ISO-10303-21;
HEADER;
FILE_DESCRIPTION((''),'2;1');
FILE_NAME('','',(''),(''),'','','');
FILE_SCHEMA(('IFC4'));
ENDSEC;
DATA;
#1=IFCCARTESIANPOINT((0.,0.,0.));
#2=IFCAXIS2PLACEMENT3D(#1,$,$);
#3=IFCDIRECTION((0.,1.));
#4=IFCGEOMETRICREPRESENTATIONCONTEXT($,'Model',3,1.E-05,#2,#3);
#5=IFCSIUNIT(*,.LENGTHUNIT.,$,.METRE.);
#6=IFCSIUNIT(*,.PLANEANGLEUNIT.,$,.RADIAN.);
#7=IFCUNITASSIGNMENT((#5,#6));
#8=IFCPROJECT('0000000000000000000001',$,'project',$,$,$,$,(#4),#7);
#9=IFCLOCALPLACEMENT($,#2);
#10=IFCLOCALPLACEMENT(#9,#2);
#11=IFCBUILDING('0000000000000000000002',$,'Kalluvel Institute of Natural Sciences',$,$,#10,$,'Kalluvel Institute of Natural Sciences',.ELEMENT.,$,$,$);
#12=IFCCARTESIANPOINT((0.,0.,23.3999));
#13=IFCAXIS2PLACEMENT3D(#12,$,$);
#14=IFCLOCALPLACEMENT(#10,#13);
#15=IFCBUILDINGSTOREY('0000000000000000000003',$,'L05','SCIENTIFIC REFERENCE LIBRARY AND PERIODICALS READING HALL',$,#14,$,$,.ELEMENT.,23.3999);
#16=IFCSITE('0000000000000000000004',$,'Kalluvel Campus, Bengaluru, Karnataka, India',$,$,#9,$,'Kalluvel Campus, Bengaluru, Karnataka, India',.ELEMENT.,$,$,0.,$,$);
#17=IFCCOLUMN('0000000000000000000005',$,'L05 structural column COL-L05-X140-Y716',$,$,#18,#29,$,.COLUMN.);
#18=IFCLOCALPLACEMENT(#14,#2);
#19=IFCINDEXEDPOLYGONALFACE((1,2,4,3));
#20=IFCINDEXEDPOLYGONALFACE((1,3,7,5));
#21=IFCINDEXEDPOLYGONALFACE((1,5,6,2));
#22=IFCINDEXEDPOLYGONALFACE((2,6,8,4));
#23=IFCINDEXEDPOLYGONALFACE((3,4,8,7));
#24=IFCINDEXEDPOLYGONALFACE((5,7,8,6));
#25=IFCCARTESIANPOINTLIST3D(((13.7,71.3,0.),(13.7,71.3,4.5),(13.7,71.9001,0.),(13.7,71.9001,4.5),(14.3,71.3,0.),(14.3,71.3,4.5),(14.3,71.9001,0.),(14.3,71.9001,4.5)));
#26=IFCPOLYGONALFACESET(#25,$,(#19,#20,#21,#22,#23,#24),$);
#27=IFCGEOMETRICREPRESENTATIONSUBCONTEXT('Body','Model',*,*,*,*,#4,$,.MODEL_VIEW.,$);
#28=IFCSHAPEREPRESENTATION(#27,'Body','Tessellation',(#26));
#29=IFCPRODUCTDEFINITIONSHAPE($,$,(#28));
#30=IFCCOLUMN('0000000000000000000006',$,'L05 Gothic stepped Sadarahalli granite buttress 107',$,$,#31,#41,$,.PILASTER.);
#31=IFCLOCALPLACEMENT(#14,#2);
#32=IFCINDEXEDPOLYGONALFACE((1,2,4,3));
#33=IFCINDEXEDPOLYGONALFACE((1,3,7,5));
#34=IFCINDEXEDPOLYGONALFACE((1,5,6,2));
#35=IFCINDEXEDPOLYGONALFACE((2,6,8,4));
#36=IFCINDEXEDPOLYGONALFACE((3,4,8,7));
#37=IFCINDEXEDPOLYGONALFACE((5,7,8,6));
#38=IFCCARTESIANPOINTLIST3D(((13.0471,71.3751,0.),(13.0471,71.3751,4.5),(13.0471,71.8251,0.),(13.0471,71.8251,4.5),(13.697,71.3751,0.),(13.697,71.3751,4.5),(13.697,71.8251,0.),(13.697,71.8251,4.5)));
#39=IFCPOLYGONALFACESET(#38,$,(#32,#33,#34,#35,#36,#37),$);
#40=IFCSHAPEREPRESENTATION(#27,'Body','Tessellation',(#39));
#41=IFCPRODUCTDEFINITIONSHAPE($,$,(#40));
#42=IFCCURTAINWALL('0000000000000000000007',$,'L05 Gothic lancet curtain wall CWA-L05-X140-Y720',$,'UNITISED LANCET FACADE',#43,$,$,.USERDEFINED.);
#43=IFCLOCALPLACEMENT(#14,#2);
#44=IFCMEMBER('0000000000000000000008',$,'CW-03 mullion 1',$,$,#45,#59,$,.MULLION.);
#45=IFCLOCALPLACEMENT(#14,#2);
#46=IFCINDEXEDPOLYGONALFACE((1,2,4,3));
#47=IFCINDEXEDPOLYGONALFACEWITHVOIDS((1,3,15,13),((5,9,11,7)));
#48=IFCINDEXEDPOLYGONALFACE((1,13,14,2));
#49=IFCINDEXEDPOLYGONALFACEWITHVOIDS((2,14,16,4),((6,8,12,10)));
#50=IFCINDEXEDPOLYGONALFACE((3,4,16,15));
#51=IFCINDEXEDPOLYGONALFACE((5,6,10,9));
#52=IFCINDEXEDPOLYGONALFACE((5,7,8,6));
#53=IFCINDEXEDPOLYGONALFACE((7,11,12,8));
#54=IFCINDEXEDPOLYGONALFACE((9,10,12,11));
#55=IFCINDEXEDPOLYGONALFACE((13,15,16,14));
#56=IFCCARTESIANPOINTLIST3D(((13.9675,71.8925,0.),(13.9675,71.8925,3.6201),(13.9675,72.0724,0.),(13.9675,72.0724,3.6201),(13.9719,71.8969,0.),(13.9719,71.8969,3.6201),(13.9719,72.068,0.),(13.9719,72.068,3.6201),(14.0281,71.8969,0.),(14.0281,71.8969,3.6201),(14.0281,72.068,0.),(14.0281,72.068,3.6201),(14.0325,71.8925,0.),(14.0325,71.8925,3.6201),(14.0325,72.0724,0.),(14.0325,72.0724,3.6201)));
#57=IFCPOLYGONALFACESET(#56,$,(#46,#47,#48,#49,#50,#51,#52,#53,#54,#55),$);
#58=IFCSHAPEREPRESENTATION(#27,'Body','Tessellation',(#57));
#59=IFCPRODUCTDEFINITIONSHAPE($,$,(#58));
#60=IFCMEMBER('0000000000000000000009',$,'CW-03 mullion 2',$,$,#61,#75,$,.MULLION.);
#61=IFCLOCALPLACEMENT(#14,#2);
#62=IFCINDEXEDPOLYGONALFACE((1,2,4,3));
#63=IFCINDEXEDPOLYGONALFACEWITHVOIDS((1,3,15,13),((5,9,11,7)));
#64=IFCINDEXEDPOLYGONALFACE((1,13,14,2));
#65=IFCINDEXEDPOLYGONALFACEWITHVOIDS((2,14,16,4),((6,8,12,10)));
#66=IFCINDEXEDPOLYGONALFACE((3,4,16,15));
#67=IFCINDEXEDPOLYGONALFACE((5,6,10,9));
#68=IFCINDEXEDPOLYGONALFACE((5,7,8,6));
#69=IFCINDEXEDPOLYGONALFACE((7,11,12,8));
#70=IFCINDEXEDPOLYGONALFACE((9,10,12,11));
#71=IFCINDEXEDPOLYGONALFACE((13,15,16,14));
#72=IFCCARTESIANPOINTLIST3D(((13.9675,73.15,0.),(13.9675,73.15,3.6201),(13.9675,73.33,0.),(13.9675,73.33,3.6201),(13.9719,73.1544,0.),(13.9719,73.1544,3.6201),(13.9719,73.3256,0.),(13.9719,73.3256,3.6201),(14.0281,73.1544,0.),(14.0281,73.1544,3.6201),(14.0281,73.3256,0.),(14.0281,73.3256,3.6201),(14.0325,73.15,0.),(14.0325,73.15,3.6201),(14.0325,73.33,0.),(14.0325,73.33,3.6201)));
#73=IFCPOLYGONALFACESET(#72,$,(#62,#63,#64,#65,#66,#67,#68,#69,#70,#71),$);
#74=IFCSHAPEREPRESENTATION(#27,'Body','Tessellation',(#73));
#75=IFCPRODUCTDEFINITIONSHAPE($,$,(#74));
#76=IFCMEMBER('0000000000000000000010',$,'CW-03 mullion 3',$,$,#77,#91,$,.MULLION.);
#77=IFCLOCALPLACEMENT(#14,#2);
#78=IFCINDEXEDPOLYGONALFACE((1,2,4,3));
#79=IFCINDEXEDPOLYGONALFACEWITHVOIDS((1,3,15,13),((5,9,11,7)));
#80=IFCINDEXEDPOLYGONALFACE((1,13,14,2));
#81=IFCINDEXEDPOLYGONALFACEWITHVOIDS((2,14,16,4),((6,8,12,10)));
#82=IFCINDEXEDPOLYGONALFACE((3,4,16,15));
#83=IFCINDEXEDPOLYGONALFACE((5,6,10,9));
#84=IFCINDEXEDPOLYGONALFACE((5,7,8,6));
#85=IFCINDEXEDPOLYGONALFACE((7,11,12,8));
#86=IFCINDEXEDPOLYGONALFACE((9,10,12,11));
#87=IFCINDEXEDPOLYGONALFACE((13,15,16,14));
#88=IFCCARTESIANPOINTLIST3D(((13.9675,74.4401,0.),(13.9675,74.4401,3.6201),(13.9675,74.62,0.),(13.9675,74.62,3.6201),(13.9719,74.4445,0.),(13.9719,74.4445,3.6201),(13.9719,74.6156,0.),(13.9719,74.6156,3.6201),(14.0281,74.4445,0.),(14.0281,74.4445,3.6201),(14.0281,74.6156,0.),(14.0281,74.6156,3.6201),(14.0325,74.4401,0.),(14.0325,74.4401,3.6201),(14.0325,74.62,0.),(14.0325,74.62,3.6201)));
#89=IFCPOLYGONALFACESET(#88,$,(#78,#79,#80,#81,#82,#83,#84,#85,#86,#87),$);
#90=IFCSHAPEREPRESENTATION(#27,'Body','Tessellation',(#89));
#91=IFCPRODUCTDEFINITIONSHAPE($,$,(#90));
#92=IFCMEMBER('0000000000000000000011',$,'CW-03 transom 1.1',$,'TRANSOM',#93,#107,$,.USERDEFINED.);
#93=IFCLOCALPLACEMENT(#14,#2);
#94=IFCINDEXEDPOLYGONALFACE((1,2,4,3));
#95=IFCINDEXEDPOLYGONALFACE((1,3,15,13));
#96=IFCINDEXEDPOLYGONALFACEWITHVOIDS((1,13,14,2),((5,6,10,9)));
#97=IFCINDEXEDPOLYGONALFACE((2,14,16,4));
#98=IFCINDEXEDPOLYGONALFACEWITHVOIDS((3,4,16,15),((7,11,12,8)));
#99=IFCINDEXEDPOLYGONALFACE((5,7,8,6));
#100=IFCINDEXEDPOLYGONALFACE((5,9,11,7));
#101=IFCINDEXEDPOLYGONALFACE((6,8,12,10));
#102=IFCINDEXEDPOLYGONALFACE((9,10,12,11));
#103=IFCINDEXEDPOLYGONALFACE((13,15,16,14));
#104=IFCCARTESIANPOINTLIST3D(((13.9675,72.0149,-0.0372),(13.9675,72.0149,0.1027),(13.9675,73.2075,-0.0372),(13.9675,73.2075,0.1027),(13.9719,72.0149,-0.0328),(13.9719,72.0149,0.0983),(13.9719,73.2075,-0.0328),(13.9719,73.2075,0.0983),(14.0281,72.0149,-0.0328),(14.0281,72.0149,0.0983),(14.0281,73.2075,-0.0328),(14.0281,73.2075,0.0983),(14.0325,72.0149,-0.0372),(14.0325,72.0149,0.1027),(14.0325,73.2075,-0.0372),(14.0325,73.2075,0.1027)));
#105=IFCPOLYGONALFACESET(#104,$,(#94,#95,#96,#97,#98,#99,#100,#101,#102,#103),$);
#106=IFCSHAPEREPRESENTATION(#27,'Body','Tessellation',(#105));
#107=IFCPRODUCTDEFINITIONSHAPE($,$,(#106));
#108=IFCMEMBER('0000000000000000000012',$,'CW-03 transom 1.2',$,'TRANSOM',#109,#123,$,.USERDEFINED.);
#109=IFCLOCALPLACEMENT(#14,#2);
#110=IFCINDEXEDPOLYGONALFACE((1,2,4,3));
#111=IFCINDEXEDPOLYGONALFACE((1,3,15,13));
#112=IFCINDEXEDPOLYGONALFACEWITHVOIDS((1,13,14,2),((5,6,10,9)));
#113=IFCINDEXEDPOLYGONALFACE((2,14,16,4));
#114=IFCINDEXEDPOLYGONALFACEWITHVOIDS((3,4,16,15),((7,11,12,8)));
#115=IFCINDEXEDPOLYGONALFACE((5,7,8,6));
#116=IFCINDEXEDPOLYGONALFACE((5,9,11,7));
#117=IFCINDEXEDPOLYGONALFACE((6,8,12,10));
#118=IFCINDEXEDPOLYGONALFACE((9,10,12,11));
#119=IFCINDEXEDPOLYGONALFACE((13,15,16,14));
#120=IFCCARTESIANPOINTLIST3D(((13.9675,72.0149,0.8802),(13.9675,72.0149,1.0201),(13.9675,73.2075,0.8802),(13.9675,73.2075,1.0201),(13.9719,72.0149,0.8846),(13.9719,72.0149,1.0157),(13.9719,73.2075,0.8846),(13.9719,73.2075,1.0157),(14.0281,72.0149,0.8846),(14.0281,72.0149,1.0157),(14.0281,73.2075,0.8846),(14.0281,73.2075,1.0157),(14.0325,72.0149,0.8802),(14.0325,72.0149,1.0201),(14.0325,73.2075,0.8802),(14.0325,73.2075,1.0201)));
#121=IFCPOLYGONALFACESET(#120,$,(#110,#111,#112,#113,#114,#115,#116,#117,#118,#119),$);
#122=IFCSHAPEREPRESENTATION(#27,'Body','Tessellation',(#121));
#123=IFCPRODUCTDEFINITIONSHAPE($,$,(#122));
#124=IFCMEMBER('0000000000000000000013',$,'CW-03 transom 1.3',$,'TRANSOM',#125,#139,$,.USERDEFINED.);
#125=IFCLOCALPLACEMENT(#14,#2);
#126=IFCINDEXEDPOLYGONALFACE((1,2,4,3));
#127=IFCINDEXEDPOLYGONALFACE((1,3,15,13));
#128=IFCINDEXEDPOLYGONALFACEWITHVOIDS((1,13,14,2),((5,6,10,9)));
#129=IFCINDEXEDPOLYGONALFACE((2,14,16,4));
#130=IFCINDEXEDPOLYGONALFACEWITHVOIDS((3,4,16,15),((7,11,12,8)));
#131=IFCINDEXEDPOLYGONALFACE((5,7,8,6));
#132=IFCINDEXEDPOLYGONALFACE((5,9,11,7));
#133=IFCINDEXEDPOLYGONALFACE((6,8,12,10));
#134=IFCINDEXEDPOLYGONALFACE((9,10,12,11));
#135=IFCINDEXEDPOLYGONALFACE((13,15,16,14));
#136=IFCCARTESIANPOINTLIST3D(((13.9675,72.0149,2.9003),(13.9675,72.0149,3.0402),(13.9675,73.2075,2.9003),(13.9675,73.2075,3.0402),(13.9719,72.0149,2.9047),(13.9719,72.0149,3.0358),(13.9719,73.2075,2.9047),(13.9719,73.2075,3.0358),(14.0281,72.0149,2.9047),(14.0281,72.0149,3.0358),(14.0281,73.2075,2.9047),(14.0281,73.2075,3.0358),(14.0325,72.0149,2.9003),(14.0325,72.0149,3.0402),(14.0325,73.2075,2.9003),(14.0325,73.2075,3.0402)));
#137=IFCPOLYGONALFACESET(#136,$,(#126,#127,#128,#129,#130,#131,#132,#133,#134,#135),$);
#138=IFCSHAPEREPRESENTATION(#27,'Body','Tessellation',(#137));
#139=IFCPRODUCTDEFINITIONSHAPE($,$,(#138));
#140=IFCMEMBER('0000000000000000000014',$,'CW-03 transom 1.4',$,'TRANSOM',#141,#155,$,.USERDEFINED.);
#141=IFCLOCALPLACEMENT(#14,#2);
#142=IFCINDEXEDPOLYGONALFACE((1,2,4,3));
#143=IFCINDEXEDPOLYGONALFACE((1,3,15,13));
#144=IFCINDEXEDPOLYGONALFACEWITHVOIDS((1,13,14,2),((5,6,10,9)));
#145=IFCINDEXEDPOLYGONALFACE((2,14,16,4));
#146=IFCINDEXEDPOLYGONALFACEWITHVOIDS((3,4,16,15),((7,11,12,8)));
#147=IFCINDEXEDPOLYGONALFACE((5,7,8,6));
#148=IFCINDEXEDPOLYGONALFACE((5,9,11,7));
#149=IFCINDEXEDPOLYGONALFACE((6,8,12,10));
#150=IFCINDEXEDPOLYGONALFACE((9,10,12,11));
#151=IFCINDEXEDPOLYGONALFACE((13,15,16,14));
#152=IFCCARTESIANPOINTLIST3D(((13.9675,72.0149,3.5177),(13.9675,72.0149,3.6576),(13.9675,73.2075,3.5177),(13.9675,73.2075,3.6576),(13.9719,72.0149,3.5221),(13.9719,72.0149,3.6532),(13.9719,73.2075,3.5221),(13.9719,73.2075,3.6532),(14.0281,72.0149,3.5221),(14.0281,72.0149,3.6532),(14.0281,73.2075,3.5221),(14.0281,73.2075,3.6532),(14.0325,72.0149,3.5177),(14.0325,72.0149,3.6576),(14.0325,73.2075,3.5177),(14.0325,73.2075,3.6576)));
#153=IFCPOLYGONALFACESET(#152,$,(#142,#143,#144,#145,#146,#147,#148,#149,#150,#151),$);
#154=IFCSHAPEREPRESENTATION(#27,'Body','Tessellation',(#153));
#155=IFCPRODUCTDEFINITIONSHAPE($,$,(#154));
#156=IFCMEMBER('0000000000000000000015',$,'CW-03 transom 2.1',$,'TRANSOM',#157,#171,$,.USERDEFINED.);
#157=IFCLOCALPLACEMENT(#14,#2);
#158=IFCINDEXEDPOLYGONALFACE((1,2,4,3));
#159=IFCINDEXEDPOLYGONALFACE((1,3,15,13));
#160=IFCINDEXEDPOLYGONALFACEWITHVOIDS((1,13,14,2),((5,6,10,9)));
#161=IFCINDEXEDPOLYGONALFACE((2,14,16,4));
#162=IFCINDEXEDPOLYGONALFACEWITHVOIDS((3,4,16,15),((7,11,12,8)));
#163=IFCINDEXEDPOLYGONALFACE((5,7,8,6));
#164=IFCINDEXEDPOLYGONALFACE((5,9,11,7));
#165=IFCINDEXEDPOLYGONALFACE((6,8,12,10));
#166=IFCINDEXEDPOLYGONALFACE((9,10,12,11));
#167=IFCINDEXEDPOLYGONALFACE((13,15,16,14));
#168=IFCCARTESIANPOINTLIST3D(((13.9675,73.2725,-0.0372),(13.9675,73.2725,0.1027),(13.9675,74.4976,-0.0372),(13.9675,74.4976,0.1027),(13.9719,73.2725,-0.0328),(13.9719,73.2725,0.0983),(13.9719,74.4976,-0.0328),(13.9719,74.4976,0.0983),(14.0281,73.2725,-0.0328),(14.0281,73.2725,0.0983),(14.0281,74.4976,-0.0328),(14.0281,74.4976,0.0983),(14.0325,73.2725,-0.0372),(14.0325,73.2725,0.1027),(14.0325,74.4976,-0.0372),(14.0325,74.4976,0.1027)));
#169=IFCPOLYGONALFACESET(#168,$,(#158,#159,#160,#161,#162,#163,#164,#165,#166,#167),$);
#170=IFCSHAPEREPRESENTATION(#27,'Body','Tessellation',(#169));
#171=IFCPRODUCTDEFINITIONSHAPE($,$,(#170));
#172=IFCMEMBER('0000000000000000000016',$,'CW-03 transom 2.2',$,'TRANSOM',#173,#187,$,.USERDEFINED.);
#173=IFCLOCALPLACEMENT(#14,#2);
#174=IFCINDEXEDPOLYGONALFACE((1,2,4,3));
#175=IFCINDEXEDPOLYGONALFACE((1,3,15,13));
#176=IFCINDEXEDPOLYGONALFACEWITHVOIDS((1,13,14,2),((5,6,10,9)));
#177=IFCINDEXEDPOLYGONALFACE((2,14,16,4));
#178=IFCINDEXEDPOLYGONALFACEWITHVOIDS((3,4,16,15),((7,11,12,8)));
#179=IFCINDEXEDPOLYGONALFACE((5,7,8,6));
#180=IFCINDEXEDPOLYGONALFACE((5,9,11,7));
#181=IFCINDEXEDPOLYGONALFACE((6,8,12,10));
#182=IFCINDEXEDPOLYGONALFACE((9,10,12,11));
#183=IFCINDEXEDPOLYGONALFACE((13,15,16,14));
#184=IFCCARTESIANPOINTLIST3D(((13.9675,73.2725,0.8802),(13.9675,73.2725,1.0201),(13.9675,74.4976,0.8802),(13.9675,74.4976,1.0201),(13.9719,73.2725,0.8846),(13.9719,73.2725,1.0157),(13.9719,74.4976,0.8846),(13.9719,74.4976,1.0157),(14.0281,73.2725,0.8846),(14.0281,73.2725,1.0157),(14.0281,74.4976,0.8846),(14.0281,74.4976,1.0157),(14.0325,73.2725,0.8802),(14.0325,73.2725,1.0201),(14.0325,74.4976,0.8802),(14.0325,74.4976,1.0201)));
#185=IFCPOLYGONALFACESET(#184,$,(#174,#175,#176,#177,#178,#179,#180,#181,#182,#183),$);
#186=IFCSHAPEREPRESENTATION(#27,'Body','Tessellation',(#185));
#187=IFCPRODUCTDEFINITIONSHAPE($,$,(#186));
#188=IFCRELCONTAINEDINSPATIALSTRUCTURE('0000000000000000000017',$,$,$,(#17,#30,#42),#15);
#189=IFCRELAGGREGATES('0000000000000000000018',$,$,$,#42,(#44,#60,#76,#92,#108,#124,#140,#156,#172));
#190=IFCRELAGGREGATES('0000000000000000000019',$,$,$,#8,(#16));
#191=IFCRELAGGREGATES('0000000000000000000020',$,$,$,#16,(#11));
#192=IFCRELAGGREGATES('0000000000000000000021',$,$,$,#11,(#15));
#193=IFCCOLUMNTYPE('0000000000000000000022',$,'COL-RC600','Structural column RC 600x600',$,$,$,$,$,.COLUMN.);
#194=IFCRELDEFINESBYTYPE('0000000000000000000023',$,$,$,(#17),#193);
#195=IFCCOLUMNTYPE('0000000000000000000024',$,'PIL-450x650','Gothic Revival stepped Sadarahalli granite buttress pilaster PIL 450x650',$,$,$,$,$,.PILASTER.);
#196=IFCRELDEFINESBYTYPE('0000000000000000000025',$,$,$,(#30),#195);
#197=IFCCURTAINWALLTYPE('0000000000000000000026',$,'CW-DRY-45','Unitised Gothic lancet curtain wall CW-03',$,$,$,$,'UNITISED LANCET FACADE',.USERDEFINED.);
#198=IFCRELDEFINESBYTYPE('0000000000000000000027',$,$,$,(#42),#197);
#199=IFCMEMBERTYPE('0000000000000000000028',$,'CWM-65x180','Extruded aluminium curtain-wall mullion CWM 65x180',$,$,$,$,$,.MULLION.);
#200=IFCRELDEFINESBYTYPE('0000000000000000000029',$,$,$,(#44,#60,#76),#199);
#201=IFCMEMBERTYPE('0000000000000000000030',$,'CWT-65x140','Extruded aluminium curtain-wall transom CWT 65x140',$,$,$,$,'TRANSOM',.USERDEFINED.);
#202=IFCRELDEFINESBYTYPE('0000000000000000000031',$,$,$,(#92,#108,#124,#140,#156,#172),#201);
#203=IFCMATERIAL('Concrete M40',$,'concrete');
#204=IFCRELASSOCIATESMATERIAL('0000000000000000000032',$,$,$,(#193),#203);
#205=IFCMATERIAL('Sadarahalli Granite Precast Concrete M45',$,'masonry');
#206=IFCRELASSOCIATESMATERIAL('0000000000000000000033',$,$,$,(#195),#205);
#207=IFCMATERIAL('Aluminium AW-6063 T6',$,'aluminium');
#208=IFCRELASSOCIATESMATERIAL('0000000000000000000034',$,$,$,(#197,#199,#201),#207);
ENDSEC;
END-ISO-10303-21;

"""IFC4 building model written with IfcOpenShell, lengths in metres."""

from ifc_helpers import new_model, si_unit, direction, frame, origin, origin_2d, place, context, subcontext, project, spatial, rectangle, hollow_rectangle, extrude, material, material_profile, profile_set, type_object, element, aggregate, save


model = new_model("IFC4")

# Units and contexts
model_context = context("Model", 3, precision=1e-05, world=origin(), true_north=direction((0.0, 1.0)))
body_context = subcontext(model_context, "Body", "Model", "MODEL_VIEW")
ifc_project = project(units=[si_unit("LENGTHUNIT", "METRE"), si_unit("PLANEANGLEUNIT", "RADIAN")], contexts=[model_context])

# Site, building, storey
site_placement = place(None, origin())
site = spatial("IfcSite", under=ifc_project, at=site_placement, Name="Kalluvel Campus, Bengaluru, Karnataka, India", LongName="Kalluvel Campus, Bengaluru, Karnataka, India", CompositionType="ELEMENT", RefElevation=0.0)
building_placement = place(site_placement, origin())
building = spatial("IfcBuilding", under=site, at=building_placement, Name="Kalluvel Institute of Natural Sciences", LongName="Kalluvel Institute of Natural Sciences", CompositionType="ELEMENT")
storey_placement = place(building_placement, frame((0.0, 0.0, 23.3999)))
storey = spatial("IfcBuildingStorey", under=building, at=storey_placement, Name="L05", Description="SCIENTIFIC REFERENCE LIBRARY AND PERIODICALS READING HALL", CompositionType="ELEMENT", Elevation=23.3999)

# Columns
ifc_material_1 = material(Name="Concrete M40", Category="concrete")
ifc_material_profile_1 = material_profile(ifc_material_1, rectangle(XDim=0.6001, YDim=0.6001, at=origin_2d()), Name="RC 600x600")
ifc_profile_set_1 = profile_set([ifc_material_profile_1], Name="Concrete M40")
column_type_1 = type_object("IfcColumnType", Name="COL-RC600", Description="Structural column RC 600x600", PredefinedType="COLUMN", material=ifc_profile_set_1)
column_1_placement = place(storey_placement, frame((14.0, 71.6001, 0.0), z_axis=(0.0, 0.0, 1.0), x_axis=(1.0, 0.0, 0.0)))
element("IfcColumn", 1, at=column_1_placement, inside=storey, type_object=column_type_1, Name="L05 structural column COL-L05-X140-Y716", PredefinedType="COLUMN", context=body_context, shape_type="SweptSolid", body=[
    extrude(rectangle(XDim=0.6001, YDim=0.6001, at=origin_2d()), origin(), (0.0, 0.0, 1.0), 4.5),
])
ifc_material_2 = material(Name="Sadarahalli Granite Precast Concrete M45", Category="masonry")
ifc_material_profile_2 = material_profile(ifc_material_2, rectangle(XDim=0.45, YDim=0.6499, at=origin_2d()), Name="PIL 450x650")
ifc_profile_set_2 = profile_set([ifc_material_profile_2], Name="Sadarahalli Granite Precast Concrete M45")
column_type_2 = type_object("IfcColumnType", Name="PIL-450x650", Description="Gothic Revival stepped Sadarahalli granite buttress pilaster PIL 450x650", PredefinedType="PILASTER", material=ifc_profile_set_2)
column_2_placement = place(storey_placement, frame((13.3721, 71.6001, 0.0), z_axis=(0.0, 0.0, 1.0), x_axis=(0.0, 1.0, 0.0)))
element("IfcColumn", 2, at=column_2_placement, inside=storey, type_object=column_type_2, Name="L05 Gothic stepped Sadarahalli granite buttress 107", PredefinedType="PILASTER", context=body_context, shape_type="SweptSolid", body=[
    extrude(rectangle(XDim=0.45, YDim=0.6499, at=origin_2d()), origin(), (0.0, 0.0, 1.0), 4.5),
])

# Curtain wall, members
ifc_material_3 = material(Name="Aluminium AW-6063 T6", Category="aluminium")
curtain_wall_type = type_object("IfcCurtainWallType", Name="CW-DRY-45", Description="Unitised Gothic lancet curtain wall CW-03", ElementType="UNITISED LANCET FACADE", PredefinedType="USERDEFINED", material=ifc_material_3)
curtain_wall_placement = place(storey_placement, origin())
curtain_wall = element("IfcCurtainWall", 3, at=curtain_wall_placement, inside=storey, type_object=curtain_wall_type, Name="L05 Gothic lancet curtain wall CWA-L05-X140-Y720", ObjectType="UNITISED LANCET FACADE", PredefinedType="USERDEFINED")
ifc_material_profile_3 = material_profile(ifc_material_3, hollow_rectangle(XDim=0.0649, YDim=0.1799, WallThickness=0.0044, at=origin_2d()), Name="CWM 65x180")
ifc_profile_set_3 = profile_set([ifc_material_profile_3], Name="Aluminium AW-6063 T6")
member_type_1 = type_object("IfcMemberType", Name="CWM-65x180", Description="Extruded aluminium curtain-wall mullion CWM 65x180", PredefinedType="MULLION", material=ifc_profile_set_3)
member_1_placement = place(storey_placement, frame((14.0, 71.9824, 0.0), z_axis=(0.0, 0.0, 1.0), x_axis=(-1.0, 0.0, 0.0)))
member_1 = element("IfcMember", 4, at=member_1_placement, type_object=member_type_1, Name="CW-03 mullion 1", PredefinedType="MULLION", context=body_context, shape_type="SweptSolid", body=[
    extrude(hollow_rectangle(XDim=0.0649, YDim=0.1799, WallThickness=0.0044, at=origin_2d()), origin(), (0.0, 0.0, 1.0), 3.6201),
])
member_2_placement = place(storey_placement, frame((14.0, 73.24, 0.0), z_axis=(0.0, 0.0, 1.0), x_axis=(-1.0, 0.0, 0.0)))
member_2 = element("IfcMember", 5, at=member_2_placement, type_object=member_type_1, Name="CW-03 mullion 2", PredefinedType="MULLION", context=body_context, shape_type="SweptSolid", body=[
    extrude(hollow_rectangle(XDim=0.0649, YDim=0.1799, WallThickness=0.0044, at=origin_2d()), origin(), (0.0, 0.0, 1.0), 3.6201),
])
member_3_placement = place(storey_placement, frame((14.0, 74.53, 0.0), z_axis=(0.0, 0.0, 1.0), x_axis=(-1.0, 0.0, 0.0)))
member_3 = element("IfcMember", 6, at=member_3_placement, type_object=member_type_1, Name="CW-03 mullion 3", PredefinedType="MULLION", context=body_context, shape_type="SweptSolid", body=[
    extrude(hollow_rectangle(XDim=0.0649, YDim=0.1799, WallThickness=0.0044, at=origin_2d()), origin(), (0.0, 0.0, 1.0), 3.6201),
])
ifc_material_profile_4 = material_profile(ifc_material_3, hollow_rectangle(XDim=0.0649, YDim=0.1399, WallThickness=0.0044, at=origin_2d()), Name="CWT 65x140")
ifc_profile_set_4 = profile_set([ifc_material_profile_4], Name="Aluminium AW-6063 T6")
member_type_2 = type_object("IfcMemberType", Name="CWT-65x140", Description="Extruded aluminium curtain-wall transom CWT 65x140", ElementType="TRANSOM", PredefinedType="USERDEFINED", material=ifc_profile_set_4)
member_4_placement = place(storey_placement, frame((14.0, 72.0149, 0.0327), z_axis=(0.0, 1.0, 0.0), x_axis=(-1.0, 0.0, 0.0)))
member_4 = element("IfcMember", 7, at=member_4_placement, type_object=member_type_2, Name="CW-03 transom 1.1", ObjectType="TRANSOM", PredefinedType="USERDEFINED", context=body_context, shape_type="SweptSolid", body=[
    extrude(hollow_rectangle(XDim=0.0649, YDim=0.1399, WallThickness=0.0044, at=origin_2d()), origin(), (0.0, 0.0, 1.0), 1.1926),
])
member_5_placement = place(storey_placement, frame((14.0, 72.0149, 0.9502), z_axis=(0.0, 1.0, 0.0), x_axis=(-1.0, 0.0, 0.0)))
member_5 = element("IfcMember", 8, at=member_5_placement, type_object=member_type_2, Name="CW-03 transom 1.2", ObjectType="TRANSOM", PredefinedType="USERDEFINED", context=body_context, shape_type="SweptSolid", body=[
    extrude(hollow_rectangle(XDim=0.0649, YDim=0.1399, WallThickness=0.0044, at=origin_2d()), origin(), (0.0, 0.0, 1.0), 1.1926),
])
member_6_placement = place(storey_placement, frame((14.0, 72.0149, 2.9702), z_axis=(0.0, 1.0, 0.0), x_axis=(-1.0, 0.0, 0.0)))
member_6 = element("IfcMember", 9, at=member_6_placement, type_object=member_type_2, Name="CW-03 transom 1.3", ObjectType="TRANSOM", PredefinedType="USERDEFINED", context=body_context, shape_type="SweptSolid", body=[
    extrude(hollow_rectangle(XDim=0.0649, YDim=0.1399, WallThickness=0.0044, at=origin_2d()), origin(), (0.0, 0.0, 1.0), 1.1926),
])
member_7_placement = place(storey_placement, frame((14.0, 72.0149, 3.5876), z_axis=(0.0, 1.0, 0.0), x_axis=(-1.0, 0.0, 0.0)))
member_7 = element("IfcMember", 10, at=member_7_placement, type_object=member_type_2, Name="CW-03 transom 1.4", ObjectType="TRANSOM", PredefinedType="USERDEFINED", context=body_context, shape_type="SweptSolid", body=[
    extrude(hollow_rectangle(XDim=0.0649, YDim=0.1399, WallThickness=0.0044, at=origin_2d()), origin(), (0.0, 0.0, 1.0), 1.1926),
])
member_8_placement = place(storey_placement, frame((14.0, 73.2725, 0.0327), z_axis=(0.0, 1.0, 0.0), x_axis=(-1.0, 0.0, 0.0)))
member_8 = element("IfcMember", 11, at=member_8_placement, type_object=member_type_2, Name="CW-03 transom 2.1", ObjectType="TRANSOM", PredefinedType="USERDEFINED", context=body_context, shape_type="SweptSolid", body=[
    extrude(hollow_rectangle(XDim=0.0649, YDim=0.1399, WallThickness=0.0044, at=origin_2d()), origin(), (0.0, 0.0, 1.0), 1.2251),
])
member_9_placement = place(storey_placement, frame((14.0, 73.2725, 0.9502), z_axis=(0.0, 1.0, 0.0), x_axis=(-1.0, 0.0, 0.0)))
member_9 = element("IfcMember", 12, at=member_9_placement, type_object=member_type_2, Name="CW-03 transom 2.2", ObjectType="TRANSOM", PredefinedType="USERDEFINED", context=body_context, shape_type="SweptSolid", body=[
    extrude(hollow_rectangle(XDim=0.0649, YDim=0.1399, WallThickness=0.0044, at=origin_2d()), origin(), (0.0, 0.0, 1.0), 1.2251),
])

aggregate(curtain_wall, [member_1, member_2, member_3, member_4, member_5, member_6, member_7, member_8, member_9])

save(model, "model.ifc")
